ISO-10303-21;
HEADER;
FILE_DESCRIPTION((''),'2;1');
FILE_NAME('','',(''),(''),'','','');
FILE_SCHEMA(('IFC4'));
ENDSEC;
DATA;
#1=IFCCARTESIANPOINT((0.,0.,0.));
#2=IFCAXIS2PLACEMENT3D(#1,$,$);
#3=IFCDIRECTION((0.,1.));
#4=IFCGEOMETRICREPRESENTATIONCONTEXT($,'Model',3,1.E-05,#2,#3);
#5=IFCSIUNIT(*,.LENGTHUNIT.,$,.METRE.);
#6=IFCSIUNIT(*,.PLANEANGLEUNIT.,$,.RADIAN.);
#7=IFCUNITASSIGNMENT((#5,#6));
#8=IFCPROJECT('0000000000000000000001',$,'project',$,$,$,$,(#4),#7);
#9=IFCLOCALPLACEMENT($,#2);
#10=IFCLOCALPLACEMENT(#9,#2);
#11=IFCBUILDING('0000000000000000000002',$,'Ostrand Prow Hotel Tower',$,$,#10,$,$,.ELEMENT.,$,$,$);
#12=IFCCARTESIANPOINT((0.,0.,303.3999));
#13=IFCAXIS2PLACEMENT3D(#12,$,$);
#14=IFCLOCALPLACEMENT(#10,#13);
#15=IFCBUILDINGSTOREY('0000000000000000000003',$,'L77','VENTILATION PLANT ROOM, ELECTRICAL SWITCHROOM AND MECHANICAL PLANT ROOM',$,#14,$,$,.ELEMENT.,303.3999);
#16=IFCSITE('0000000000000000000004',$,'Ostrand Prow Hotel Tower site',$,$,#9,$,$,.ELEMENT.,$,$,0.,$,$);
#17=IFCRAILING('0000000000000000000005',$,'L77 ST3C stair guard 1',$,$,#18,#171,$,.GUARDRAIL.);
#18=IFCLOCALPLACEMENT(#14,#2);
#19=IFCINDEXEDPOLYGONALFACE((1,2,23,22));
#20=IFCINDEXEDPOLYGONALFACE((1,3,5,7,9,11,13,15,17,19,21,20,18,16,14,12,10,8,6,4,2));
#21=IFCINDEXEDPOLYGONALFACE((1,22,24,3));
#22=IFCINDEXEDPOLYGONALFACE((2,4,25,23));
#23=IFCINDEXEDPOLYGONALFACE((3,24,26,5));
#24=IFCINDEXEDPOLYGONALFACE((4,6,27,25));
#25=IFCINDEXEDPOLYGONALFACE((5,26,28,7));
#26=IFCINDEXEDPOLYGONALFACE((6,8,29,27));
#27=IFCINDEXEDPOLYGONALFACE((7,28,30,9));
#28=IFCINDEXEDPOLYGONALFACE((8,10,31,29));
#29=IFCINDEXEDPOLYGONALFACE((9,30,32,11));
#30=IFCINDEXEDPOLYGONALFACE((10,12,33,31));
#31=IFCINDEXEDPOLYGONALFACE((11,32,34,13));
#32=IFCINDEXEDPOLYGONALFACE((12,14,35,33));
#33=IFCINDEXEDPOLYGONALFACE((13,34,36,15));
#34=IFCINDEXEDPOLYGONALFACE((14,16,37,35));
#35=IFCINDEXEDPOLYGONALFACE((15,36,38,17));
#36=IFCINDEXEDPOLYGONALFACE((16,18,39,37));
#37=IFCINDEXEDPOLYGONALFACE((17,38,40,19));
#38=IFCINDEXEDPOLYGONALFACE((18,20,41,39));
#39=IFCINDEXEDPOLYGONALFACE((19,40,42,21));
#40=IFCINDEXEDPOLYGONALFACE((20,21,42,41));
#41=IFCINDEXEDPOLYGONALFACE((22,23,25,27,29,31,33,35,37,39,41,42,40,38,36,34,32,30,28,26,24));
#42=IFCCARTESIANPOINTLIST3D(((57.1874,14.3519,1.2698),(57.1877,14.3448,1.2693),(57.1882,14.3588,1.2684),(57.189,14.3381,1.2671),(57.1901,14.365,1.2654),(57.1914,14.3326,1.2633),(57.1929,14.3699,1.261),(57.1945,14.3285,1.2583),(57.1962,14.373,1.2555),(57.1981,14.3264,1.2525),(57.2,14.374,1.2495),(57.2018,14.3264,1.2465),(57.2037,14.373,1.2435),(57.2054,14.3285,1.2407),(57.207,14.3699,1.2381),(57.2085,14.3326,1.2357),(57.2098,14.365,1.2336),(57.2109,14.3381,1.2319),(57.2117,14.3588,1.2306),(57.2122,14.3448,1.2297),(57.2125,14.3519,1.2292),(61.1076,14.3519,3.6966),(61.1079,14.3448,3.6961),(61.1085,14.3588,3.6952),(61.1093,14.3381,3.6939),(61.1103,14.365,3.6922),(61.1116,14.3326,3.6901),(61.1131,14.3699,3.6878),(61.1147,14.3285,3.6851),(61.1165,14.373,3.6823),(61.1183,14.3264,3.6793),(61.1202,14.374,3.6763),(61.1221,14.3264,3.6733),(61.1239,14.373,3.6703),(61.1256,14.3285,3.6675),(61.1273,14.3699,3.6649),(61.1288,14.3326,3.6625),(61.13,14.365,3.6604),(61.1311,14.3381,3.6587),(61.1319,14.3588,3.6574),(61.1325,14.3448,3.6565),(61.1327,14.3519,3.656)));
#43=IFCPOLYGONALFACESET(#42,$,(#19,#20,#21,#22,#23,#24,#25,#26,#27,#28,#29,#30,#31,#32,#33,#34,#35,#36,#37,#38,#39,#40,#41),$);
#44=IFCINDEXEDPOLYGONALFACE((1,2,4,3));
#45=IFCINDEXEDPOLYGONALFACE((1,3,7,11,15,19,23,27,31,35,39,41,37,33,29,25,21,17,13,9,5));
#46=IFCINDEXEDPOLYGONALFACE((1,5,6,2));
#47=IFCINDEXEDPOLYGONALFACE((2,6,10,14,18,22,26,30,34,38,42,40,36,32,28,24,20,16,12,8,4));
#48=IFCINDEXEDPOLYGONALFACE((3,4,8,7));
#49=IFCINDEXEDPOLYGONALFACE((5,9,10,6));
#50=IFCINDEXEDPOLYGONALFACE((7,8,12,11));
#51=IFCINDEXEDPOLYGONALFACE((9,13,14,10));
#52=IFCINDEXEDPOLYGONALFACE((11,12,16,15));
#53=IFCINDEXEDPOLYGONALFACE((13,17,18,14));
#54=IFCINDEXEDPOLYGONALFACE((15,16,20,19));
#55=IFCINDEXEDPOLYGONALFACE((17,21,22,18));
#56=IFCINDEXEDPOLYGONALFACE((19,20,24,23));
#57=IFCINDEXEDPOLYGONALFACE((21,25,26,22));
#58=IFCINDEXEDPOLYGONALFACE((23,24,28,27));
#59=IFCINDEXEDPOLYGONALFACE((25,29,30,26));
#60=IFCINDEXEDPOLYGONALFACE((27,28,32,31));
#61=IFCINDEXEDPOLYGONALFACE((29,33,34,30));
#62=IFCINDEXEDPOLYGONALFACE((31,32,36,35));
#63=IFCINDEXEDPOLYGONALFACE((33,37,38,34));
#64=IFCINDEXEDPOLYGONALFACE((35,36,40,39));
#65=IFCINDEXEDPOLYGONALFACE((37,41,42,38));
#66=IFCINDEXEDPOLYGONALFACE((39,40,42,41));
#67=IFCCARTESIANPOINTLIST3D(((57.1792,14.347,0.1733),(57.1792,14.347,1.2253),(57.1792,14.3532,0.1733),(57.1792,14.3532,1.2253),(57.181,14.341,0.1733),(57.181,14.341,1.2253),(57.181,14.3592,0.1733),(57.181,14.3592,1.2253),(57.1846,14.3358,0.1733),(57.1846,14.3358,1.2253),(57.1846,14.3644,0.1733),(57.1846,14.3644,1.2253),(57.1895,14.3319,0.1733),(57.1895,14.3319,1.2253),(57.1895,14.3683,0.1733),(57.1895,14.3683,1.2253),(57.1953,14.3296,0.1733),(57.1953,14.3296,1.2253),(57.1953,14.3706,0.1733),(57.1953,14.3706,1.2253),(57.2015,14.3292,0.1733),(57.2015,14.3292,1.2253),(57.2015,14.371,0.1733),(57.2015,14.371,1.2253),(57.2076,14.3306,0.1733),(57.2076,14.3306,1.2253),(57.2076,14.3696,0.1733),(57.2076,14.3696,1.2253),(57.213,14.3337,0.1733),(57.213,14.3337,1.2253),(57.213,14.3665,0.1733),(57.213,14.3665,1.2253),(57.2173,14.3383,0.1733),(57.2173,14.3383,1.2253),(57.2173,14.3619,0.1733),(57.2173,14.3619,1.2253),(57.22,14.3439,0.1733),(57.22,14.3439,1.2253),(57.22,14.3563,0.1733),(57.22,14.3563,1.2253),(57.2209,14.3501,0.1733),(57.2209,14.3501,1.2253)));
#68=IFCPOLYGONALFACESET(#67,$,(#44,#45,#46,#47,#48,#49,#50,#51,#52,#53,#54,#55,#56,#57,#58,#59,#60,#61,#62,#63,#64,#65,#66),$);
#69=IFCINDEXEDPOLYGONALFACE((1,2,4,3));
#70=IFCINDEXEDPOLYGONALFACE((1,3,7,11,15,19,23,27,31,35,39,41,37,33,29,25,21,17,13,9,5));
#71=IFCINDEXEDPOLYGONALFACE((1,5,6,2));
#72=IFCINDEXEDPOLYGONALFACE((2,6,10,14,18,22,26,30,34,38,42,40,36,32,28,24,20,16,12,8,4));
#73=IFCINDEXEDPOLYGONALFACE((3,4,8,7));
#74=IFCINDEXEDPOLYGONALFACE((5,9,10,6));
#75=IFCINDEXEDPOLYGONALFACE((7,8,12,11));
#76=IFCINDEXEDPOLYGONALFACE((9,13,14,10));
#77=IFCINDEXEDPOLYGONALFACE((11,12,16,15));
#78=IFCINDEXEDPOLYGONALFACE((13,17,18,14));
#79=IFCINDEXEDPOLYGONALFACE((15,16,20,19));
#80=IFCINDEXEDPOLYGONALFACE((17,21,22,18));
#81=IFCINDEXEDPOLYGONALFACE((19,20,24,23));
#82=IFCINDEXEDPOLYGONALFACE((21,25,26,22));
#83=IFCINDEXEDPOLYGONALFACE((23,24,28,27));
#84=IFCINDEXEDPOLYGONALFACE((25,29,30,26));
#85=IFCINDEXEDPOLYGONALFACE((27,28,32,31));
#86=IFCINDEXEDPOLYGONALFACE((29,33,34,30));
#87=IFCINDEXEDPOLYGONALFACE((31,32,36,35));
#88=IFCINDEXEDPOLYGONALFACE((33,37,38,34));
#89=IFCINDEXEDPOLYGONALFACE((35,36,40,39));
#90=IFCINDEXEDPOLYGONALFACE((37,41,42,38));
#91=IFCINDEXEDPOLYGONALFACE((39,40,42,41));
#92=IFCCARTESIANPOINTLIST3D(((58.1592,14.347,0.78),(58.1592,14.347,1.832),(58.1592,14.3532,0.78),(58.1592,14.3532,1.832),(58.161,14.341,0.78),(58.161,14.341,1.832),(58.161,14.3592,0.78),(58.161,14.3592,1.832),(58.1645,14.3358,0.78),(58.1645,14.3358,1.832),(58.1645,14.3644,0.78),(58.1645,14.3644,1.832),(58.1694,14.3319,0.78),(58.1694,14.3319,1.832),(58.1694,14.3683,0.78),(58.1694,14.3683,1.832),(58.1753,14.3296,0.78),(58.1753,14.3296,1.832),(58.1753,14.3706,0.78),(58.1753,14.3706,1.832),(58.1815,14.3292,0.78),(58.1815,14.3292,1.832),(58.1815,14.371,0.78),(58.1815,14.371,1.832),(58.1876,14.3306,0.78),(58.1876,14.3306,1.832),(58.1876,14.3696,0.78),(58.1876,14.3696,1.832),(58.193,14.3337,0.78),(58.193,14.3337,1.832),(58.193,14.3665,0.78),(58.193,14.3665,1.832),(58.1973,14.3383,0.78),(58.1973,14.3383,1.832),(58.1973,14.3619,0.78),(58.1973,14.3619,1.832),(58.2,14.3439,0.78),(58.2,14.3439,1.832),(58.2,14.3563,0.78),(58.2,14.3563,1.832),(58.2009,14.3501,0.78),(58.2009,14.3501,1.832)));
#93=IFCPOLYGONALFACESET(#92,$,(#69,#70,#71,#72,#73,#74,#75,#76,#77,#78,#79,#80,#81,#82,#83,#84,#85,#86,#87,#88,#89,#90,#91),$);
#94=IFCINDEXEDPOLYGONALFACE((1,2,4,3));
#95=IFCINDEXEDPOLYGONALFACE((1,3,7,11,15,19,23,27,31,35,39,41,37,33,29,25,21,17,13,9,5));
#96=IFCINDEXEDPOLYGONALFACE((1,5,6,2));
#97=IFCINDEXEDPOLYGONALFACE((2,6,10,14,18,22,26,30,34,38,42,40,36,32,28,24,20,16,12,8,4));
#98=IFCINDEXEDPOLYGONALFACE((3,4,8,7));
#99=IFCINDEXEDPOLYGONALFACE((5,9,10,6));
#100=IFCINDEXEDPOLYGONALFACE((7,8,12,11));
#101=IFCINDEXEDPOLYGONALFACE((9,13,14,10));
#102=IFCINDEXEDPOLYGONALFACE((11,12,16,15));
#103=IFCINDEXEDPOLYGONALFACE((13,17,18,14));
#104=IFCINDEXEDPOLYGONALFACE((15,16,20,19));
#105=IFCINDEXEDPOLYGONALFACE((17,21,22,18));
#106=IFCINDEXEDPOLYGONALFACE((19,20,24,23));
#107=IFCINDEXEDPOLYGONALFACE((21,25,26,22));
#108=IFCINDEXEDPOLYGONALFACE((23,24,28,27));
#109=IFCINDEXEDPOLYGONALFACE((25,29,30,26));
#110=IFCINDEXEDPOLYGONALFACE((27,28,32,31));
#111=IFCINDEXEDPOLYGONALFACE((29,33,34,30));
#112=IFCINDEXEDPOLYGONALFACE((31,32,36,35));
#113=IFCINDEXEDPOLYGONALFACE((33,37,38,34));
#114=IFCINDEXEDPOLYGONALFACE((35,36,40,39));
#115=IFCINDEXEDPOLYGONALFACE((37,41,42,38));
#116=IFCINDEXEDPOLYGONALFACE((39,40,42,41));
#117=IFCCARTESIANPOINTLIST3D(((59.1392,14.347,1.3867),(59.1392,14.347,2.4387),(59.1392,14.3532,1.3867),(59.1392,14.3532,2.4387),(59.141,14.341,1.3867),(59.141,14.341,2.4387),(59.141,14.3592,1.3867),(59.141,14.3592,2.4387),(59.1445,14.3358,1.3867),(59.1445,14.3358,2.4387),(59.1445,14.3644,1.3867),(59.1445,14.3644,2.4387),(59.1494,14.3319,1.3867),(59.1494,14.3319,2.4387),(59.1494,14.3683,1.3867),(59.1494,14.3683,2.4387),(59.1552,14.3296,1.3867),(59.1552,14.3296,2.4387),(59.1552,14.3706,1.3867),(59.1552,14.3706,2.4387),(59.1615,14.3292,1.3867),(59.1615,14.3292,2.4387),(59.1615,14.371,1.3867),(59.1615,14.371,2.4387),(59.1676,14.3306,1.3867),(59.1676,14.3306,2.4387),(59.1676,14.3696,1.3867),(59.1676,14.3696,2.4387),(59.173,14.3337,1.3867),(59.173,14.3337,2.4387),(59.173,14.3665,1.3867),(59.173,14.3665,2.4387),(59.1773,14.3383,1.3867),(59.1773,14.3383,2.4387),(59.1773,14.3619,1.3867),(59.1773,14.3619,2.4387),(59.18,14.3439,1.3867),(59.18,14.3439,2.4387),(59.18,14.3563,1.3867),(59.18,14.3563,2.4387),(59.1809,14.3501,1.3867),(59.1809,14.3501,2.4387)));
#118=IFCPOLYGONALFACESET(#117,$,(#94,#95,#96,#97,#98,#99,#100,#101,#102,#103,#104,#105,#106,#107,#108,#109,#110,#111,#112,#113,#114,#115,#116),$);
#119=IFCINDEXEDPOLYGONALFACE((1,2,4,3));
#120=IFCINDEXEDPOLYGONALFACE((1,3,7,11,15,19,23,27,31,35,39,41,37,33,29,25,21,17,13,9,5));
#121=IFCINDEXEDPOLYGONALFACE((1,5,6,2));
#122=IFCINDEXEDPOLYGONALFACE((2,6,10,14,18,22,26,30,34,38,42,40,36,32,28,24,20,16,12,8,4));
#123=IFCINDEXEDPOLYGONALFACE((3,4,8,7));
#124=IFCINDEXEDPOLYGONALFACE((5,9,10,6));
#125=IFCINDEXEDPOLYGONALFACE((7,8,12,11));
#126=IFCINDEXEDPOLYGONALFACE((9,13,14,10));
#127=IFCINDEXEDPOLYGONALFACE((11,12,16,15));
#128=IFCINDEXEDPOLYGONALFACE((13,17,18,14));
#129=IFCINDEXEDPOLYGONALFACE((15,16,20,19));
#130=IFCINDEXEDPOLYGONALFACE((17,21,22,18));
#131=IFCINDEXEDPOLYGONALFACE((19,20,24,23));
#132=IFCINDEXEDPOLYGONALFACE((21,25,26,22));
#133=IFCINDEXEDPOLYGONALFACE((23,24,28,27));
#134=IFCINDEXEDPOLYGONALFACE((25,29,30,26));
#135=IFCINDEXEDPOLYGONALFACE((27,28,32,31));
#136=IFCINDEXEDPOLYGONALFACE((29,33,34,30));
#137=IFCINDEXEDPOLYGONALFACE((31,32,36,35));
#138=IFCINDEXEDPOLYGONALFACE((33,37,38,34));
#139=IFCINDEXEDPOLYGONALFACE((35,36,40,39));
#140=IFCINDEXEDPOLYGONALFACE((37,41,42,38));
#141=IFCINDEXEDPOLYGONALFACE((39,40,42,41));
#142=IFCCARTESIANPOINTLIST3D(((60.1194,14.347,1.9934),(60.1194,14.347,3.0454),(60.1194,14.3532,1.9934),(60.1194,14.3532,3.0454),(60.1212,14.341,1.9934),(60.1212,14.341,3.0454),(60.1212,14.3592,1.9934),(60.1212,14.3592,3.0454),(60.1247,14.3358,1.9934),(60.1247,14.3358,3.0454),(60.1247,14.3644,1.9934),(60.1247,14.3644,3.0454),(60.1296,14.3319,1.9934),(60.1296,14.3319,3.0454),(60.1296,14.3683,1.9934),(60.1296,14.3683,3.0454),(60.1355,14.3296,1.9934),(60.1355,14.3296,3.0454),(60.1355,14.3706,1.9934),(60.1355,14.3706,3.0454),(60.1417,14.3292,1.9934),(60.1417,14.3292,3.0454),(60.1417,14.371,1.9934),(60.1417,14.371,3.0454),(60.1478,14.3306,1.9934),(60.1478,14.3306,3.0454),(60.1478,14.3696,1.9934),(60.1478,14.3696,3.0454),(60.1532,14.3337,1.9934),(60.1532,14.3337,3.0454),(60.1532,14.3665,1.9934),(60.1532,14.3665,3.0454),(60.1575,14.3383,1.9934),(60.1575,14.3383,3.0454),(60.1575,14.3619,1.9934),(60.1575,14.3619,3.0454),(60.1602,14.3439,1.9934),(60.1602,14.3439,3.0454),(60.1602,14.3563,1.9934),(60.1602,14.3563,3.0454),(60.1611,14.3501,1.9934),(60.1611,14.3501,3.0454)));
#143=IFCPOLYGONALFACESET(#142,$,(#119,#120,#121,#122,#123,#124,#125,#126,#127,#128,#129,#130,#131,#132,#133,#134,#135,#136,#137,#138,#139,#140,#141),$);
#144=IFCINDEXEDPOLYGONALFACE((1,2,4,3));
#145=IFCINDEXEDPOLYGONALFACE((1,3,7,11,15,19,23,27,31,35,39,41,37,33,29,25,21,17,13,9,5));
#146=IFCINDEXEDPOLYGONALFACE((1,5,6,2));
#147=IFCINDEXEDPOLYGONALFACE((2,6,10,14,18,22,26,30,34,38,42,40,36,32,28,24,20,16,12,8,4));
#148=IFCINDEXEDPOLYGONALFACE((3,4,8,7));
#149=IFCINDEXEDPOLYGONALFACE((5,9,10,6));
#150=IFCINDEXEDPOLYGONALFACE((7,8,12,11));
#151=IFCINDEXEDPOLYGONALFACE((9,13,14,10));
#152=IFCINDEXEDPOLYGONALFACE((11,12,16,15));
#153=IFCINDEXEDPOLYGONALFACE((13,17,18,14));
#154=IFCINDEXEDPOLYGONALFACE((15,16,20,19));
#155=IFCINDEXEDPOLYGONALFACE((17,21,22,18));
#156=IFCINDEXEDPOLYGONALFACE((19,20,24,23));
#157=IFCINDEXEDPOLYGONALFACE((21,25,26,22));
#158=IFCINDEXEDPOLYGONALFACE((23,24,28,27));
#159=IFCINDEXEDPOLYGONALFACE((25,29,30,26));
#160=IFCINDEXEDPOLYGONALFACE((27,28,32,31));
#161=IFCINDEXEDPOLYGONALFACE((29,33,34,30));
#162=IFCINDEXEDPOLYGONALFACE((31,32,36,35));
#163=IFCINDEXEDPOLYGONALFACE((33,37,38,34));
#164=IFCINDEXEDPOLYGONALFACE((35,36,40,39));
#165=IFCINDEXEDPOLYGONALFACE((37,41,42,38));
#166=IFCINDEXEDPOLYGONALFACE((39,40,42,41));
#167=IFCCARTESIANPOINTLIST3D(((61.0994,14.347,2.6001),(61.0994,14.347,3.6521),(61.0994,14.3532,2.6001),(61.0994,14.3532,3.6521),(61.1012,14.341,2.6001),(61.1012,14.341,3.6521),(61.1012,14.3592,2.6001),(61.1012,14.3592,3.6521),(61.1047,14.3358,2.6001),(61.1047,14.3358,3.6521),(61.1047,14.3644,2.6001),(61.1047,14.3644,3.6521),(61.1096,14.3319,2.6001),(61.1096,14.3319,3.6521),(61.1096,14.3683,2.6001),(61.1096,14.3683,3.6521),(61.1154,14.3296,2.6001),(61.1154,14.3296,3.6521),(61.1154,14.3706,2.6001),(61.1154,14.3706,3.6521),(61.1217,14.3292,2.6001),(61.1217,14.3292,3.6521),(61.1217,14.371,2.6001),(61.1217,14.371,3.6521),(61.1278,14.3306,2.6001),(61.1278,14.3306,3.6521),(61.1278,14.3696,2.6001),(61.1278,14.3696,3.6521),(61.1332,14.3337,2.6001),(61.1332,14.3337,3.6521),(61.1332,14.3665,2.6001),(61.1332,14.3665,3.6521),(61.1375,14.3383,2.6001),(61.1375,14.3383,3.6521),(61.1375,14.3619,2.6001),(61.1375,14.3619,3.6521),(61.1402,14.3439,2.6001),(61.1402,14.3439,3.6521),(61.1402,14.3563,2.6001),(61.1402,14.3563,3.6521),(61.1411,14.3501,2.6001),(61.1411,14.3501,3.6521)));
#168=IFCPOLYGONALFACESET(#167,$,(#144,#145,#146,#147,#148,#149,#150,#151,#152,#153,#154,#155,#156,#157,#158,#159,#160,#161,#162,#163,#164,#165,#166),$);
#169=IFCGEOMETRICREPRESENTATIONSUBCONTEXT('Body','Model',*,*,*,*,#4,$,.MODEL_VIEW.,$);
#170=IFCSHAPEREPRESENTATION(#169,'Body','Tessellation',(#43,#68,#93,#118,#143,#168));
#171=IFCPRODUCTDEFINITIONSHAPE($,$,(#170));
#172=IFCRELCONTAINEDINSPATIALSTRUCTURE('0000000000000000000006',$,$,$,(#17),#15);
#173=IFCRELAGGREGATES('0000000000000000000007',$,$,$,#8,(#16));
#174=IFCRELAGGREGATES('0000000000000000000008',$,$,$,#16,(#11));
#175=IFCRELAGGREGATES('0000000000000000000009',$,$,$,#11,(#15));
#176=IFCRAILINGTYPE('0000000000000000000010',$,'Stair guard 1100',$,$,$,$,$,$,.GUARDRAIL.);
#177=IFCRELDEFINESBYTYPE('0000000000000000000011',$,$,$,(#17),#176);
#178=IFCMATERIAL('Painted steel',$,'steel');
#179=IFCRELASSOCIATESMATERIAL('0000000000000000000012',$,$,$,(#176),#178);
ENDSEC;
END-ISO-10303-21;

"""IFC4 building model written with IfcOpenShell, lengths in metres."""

from ifc_helpers import new_model, si_unit, direction, frame, origin, origin_2d, place, context, subcontext, project, spatial, circle, extrude, material, type_object, element, save


model = new_model("IFC4")

# Units and contexts
model_context = context("Model", 3, precision=1e-05, world=origin(), true_north=direction((0.0, 1.0)))
body_context = subcontext(model_context, "Body", "Model", "MODEL_VIEW")
ifc_project = project(units=[si_unit("LENGTHUNIT", "METRE"), si_unit("PLANEANGLEUNIT", "RADIAN")], contexts=[model_context])

# Site, building, storey
site_placement = place(None, origin())
site = spatial("IfcSite", under=ifc_project, at=site_placement, Name="Ostrand Prow Hotel Tower site", CompositionType="ELEMENT", RefElevation=0.0)
building_placement = place(site_placement, origin())
building = spatial("IfcBuilding", under=site, at=building_placement, Name="Ostrand Prow Hotel Tower", CompositionType="ELEMENT")
storey_placement = place(building_placement, frame((0.0, 0.0, 303.3999)))
storey = spatial("IfcBuildingStorey", under=building, at=storey_placement, Name="L77", Description="VENTILATION PLANT ROOM, ELECTRICAL SWITCHROOM AND MECHANICAL PLANT ROOM", CompositionType="ELEMENT", Elevation=303.3999)

# Railing
ifc_material_1 = material(Name="Painted steel", Category="steel")
railing_type_1 = type_object("IfcRailingType", Name="Stair guard 1100", PredefinedType="GUARDRAIL", material=ifc_material_1)
railing_1_placement = place(storey_placement, frame((57.2, 14.3501, 0.1733)))
element("IfcRailing", 1, at=railing_1_placement, inside=storey, type_object=railing_type_1, Name="L77 ST3C stair guard 1", PredefinedType="GUARDRAIL", context=body_context, shape_type="SweptSolid", body=[
    extrude(circle(Radius=0.0239, at=origin_2d()), frame((0.0, 0.0, 1.0762), z_axis=(0.850266, 0.0, 0.526353), x_axis=(0.0, 1.0, 0.0)), (0.0, 0.0, 1.0), 4.6106),
    extrude(circle(Radius=0.021, at=origin_2d()), origin(), (0.0, 0.0, 1.0), 1.052),
    extrude(circle(Radius=0.021, at=origin_2d()), frame((0.98, 0.0, 0.6067)), (0.0, 0.0, 1.0), 1.052),
    extrude(circle(Radius=0.021, at=origin_2d()), frame((1.96, 0.0, 1.2134)), (0.0, 0.0, 1.0), 1.052),
    extrude(circle(Radius=0.021, at=origin_2d()), frame((2.9402, 0.0, 1.8201)), (0.0, 0.0, 1.0), 1.052),
    extrude(circle(Radius=0.021, at=origin_2d()), frame((3.9202, 0.0, 2.4268)), (0.0, 0.0, 1.0), 1.052),
])

save(model, "model.ifc")
